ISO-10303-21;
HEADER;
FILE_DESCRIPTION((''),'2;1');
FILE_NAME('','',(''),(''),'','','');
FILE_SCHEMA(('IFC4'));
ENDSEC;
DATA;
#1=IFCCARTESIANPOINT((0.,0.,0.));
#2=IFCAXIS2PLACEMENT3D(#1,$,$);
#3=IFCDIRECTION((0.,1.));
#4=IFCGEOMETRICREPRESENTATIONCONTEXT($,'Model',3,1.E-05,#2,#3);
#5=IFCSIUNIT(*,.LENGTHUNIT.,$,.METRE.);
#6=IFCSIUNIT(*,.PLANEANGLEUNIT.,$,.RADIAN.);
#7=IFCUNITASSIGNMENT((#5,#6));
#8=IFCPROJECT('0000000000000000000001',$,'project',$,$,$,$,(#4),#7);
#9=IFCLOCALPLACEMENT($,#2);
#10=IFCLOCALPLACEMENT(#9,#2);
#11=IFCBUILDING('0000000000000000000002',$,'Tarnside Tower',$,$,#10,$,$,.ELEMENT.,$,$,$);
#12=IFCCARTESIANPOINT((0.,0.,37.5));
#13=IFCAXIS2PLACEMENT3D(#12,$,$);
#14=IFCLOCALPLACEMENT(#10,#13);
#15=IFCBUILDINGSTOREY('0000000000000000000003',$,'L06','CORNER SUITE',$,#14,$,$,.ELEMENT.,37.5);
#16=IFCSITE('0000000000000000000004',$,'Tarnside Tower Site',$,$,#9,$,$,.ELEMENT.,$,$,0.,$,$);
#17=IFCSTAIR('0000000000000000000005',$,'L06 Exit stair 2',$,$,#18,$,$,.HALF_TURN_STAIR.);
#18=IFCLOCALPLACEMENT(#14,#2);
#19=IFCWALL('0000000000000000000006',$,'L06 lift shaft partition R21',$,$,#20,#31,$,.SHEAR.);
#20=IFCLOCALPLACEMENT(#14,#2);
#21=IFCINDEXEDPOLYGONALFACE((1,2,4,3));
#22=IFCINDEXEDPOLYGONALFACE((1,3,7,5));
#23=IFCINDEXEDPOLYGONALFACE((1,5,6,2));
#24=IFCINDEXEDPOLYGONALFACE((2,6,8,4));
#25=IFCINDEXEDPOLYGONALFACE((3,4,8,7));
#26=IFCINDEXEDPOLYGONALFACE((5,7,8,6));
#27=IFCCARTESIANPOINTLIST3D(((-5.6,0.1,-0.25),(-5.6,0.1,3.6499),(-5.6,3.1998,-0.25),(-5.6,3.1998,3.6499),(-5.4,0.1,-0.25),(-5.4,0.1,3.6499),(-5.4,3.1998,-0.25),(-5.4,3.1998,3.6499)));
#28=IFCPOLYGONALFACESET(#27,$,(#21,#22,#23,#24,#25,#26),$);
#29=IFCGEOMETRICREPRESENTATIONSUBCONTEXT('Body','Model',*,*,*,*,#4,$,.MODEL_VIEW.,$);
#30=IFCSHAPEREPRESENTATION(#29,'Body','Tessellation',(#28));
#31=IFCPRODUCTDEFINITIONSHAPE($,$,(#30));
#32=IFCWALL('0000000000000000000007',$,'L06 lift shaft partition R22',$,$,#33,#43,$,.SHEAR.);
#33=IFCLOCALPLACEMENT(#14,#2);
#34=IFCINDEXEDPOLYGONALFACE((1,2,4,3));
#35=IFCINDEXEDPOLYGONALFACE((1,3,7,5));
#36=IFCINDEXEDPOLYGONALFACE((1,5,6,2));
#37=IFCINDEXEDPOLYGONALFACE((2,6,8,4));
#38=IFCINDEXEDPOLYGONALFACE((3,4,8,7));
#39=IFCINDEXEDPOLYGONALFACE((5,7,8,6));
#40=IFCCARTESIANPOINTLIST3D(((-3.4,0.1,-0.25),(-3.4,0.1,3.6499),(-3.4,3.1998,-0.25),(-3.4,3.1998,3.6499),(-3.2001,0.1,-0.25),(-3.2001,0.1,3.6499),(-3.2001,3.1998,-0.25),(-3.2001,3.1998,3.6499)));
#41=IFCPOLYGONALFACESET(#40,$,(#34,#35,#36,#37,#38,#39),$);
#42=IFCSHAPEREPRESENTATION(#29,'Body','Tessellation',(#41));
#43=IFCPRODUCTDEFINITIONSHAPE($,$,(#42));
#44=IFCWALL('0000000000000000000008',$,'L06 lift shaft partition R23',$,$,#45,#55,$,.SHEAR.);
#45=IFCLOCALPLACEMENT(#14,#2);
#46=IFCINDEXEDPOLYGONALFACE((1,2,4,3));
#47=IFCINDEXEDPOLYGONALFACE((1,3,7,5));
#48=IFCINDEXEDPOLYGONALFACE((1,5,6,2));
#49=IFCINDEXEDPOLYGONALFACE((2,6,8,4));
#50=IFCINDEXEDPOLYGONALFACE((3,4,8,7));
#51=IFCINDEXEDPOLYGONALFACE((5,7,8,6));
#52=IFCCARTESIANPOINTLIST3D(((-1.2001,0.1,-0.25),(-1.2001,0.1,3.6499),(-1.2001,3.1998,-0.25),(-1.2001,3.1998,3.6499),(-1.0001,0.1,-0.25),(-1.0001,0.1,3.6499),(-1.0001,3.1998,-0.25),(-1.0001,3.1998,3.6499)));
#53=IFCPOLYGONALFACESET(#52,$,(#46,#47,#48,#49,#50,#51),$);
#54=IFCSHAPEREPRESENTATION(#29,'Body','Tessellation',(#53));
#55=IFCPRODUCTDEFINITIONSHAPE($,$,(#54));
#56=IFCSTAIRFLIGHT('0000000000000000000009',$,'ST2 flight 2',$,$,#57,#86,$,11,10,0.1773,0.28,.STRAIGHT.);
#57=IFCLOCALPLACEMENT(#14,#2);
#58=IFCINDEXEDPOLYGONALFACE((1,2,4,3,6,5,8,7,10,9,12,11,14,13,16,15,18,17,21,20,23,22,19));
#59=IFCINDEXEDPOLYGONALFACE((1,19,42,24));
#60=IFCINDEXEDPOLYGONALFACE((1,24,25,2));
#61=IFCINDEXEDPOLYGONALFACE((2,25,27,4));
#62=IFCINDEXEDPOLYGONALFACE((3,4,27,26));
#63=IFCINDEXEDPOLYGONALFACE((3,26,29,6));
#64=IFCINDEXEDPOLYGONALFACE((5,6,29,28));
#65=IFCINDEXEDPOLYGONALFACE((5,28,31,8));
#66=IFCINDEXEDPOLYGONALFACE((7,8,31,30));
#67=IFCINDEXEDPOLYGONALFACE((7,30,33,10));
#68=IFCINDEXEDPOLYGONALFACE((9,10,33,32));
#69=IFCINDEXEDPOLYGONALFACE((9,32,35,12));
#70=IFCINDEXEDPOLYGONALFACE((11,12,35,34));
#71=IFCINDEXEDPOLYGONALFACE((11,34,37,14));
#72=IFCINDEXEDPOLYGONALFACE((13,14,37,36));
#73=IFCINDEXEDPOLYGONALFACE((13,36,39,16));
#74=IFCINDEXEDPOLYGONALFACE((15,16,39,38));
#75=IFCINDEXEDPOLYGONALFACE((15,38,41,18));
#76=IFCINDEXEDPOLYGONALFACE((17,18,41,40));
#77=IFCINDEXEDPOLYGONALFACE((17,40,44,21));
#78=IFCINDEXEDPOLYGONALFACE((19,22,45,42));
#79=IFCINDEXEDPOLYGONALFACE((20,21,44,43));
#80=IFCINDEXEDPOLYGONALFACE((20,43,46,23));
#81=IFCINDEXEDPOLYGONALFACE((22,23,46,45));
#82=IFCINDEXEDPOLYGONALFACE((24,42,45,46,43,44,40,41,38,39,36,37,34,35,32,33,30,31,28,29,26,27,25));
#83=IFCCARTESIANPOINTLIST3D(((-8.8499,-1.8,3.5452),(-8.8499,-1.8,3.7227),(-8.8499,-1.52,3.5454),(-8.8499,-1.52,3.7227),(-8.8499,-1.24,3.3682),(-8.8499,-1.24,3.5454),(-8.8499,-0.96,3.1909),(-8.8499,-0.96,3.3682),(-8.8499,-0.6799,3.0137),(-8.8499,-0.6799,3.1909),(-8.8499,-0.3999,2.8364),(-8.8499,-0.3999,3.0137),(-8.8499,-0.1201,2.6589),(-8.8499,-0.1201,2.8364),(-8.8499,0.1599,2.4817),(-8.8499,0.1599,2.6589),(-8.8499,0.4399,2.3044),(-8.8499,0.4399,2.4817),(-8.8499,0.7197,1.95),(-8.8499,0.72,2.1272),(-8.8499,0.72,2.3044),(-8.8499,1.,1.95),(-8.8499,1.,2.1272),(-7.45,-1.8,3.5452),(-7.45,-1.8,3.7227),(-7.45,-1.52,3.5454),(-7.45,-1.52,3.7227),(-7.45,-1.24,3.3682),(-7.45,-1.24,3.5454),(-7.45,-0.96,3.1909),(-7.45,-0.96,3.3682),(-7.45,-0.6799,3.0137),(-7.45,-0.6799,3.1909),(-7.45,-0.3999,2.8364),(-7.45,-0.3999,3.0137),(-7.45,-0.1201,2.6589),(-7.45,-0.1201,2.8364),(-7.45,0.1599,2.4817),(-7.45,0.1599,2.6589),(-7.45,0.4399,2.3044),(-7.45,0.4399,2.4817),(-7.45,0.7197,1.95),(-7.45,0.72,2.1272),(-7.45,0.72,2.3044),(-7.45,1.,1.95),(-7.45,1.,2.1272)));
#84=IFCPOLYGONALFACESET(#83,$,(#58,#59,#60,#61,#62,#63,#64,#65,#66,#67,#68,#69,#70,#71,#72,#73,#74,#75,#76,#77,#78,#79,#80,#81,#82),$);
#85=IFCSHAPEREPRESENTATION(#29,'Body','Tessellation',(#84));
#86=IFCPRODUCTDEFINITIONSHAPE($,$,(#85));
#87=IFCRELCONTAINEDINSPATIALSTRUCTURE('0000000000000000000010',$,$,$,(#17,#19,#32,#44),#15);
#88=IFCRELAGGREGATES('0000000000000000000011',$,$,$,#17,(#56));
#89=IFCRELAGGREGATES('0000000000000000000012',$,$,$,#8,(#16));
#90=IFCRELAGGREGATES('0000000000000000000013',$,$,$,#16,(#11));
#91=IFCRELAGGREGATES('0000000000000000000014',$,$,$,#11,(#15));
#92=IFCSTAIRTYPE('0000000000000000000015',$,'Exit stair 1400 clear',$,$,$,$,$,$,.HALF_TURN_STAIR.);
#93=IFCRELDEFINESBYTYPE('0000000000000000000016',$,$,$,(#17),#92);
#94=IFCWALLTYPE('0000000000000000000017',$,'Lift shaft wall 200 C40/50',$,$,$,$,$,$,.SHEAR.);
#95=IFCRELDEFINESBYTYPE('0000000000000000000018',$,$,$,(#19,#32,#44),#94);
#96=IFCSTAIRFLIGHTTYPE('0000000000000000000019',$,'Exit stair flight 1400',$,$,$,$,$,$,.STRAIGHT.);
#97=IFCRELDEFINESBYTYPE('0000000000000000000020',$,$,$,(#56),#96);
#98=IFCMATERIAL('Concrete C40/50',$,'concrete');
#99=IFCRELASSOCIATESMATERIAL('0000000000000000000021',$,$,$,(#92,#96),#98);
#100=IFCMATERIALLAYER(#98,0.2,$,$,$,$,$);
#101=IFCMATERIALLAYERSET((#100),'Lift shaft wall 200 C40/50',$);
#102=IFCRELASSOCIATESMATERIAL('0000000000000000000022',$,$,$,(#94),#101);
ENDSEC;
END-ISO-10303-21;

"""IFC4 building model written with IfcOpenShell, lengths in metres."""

from ifc_helpers import new_model, si_unit, direction, frame, frame_2d, origin, place, context, subcontext, project, spatial, polyline, rectangle, outline, extrude, material, layer, layer_set, type_object, element, aggregate, save


model = new_model("IFC4")

# Units and contexts
model_context = context("Model", 3, precision=1e-05, world=origin(), true_north=direction((0.0, 1.0)))
body_context = subcontext(model_context, "Body", "Model", "MODEL_VIEW")
ifc_project = project(units=[si_unit("LENGTHUNIT", "METRE"), si_unit("PLANEANGLEUNIT", "RADIAN")], contexts=[model_context])

# Site, building, storey
site_placement = place(None, origin())
site = spatial("IfcSite", under=ifc_project, at=site_placement, Name="Tarnside Tower Site", CompositionType="ELEMENT", RefElevation=0.0)
building_placement = place(site_placement, origin())
building = spatial("IfcBuilding", under=site, at=building_placement, Name="Tarnside Tower", CompositionType="ELEMENT")
storey_placement = place(building_placement, frame((0.0, 0.0, 37.5)))
storey = spatial("IfcBuildingStorey", under=building, at=storey_placement, Name="L06", Description="CORNER SUITE", CompositionType="ELEMENT", Elevation=37.5)

# Shared definitions
ifc_material_1 = material(Name="Concrete C40/50", Category="concrete")

# Stair
stair_type = type_object("IfcStairType", Name="Exit stair 1400 clear", PredefinedType="HALF_TURN_STAIR", material=ifc_material_1)
stair_1_placement = place(storey_placement, origin())
stair_1 = element("IfcStair", 1, at=stair_1_placement, inside=storey, type_object=stair_type, Name="L06 Exit stair 2", PredefinedType="HALF_TURN_STAIR")

# Walls
ifc_layer_1 = layer(ifc_material_1, 0.2)
ifc_layer_set_1 = layer_set([ifc_layer_1], Name="Lift shaft wall 200 C40/50")
wall_type = type_object("IfcWallType", Name="Lift shaft wall 200 C40/50", PredefinedType="SHEAR", material=ifc_layer_set_1)
for number, where, z_axis, x_axis, name in (
    (2, (-5.5, 0.1001, -0.25), (0.0, 0.0, 1.0), (0.0, 1.0, 0.0), "L06 lift shaft partition R21"),
    (3, (-3.3, 0.1001, -0.25), (0.0, 0.0, 1.0), (0.0, 1.0, 0.0), "L06 lift shaft partition R22"),
    (4, (-1.1001, 0.1001, -0.25), (0.0, 0.0, 1.0), (0.0, 1.0, 0.0), "L06 lift shaft partition R23"),
):
    element("IfcWall", number, at=place(storey_placement, frame(where, z_axis=z_axis, x_axis=x_axis)), inside=storey, type_object=wall_type, Name=name, PredefinedType="SHEAR", context=body_context, shape_type="SweptSolid", body=[
        extrude(rectangle(XDim=3.0999, YDim=0.2, at=frame_2d((1.5498, 0.0))), origin(), (0.0, 0.0, 1.0), 3.8999),
    ])

# Stair flight
stair_flight_type = type_object("IfcStairFlightType", Name="Exit stair flight 1400", PredefinedType="STRAIGHT", material=ifc_material_1)
stair_flight_placement = place(storey_placement, frame((-8.1499, 1.0, 1.95), z_axis=(0.0, 0.0, 1.0), x_axis=(0.0, -1.0, 0.0)))
stair_flight = element("IfcStairFlight", 5, at=stair_flight_placement, type_object=stair_flight_type, Name="ST2 flight 2", NumberOfRisers=11, NumberOfTreads=10, PredefinedType="STRAIGHT", RiserHeight=0.1773, TreadLength=0.28, context=body_context, shape_type="SweptSolid", body=[
    extrude(outline(polyline([(0.0, 0.0), (0.0, 0.1772), (0.28, 0.1772), (0.28, 0.3545), (0.5601, 0.3545), (0.5601, 0.5317), (0.8401, 0.5317), (0.8401, 0.709), (1.1201, 0.709), (1.1201, 0.8865), (1.3999, 0.8865), (1.3999, 1.0637), (1.6799, 1.0637), (1.6799, 1.241), (1.96, 1.241), (1.96, 1.4182), (2.24, 1.4182), (2.24, 1.5955), (2.52, 1.5955), (2.52, 1.7727), (2.8, 1.7727), (2.8, 1.95), (2.8, 1.5952), (0.2803, 0.0), (0.0, 0.0)])), frame((0.0, 0.7, 0.0), z_axis=(0.0, -1.0, 0.0), x_axis=(1.0, 0.0, 0.0)), (0.0, 0.0, 1.0), 1.3999),
])
aggregate(stair_1, [stair_flight])

save(model, "model.ifc")
